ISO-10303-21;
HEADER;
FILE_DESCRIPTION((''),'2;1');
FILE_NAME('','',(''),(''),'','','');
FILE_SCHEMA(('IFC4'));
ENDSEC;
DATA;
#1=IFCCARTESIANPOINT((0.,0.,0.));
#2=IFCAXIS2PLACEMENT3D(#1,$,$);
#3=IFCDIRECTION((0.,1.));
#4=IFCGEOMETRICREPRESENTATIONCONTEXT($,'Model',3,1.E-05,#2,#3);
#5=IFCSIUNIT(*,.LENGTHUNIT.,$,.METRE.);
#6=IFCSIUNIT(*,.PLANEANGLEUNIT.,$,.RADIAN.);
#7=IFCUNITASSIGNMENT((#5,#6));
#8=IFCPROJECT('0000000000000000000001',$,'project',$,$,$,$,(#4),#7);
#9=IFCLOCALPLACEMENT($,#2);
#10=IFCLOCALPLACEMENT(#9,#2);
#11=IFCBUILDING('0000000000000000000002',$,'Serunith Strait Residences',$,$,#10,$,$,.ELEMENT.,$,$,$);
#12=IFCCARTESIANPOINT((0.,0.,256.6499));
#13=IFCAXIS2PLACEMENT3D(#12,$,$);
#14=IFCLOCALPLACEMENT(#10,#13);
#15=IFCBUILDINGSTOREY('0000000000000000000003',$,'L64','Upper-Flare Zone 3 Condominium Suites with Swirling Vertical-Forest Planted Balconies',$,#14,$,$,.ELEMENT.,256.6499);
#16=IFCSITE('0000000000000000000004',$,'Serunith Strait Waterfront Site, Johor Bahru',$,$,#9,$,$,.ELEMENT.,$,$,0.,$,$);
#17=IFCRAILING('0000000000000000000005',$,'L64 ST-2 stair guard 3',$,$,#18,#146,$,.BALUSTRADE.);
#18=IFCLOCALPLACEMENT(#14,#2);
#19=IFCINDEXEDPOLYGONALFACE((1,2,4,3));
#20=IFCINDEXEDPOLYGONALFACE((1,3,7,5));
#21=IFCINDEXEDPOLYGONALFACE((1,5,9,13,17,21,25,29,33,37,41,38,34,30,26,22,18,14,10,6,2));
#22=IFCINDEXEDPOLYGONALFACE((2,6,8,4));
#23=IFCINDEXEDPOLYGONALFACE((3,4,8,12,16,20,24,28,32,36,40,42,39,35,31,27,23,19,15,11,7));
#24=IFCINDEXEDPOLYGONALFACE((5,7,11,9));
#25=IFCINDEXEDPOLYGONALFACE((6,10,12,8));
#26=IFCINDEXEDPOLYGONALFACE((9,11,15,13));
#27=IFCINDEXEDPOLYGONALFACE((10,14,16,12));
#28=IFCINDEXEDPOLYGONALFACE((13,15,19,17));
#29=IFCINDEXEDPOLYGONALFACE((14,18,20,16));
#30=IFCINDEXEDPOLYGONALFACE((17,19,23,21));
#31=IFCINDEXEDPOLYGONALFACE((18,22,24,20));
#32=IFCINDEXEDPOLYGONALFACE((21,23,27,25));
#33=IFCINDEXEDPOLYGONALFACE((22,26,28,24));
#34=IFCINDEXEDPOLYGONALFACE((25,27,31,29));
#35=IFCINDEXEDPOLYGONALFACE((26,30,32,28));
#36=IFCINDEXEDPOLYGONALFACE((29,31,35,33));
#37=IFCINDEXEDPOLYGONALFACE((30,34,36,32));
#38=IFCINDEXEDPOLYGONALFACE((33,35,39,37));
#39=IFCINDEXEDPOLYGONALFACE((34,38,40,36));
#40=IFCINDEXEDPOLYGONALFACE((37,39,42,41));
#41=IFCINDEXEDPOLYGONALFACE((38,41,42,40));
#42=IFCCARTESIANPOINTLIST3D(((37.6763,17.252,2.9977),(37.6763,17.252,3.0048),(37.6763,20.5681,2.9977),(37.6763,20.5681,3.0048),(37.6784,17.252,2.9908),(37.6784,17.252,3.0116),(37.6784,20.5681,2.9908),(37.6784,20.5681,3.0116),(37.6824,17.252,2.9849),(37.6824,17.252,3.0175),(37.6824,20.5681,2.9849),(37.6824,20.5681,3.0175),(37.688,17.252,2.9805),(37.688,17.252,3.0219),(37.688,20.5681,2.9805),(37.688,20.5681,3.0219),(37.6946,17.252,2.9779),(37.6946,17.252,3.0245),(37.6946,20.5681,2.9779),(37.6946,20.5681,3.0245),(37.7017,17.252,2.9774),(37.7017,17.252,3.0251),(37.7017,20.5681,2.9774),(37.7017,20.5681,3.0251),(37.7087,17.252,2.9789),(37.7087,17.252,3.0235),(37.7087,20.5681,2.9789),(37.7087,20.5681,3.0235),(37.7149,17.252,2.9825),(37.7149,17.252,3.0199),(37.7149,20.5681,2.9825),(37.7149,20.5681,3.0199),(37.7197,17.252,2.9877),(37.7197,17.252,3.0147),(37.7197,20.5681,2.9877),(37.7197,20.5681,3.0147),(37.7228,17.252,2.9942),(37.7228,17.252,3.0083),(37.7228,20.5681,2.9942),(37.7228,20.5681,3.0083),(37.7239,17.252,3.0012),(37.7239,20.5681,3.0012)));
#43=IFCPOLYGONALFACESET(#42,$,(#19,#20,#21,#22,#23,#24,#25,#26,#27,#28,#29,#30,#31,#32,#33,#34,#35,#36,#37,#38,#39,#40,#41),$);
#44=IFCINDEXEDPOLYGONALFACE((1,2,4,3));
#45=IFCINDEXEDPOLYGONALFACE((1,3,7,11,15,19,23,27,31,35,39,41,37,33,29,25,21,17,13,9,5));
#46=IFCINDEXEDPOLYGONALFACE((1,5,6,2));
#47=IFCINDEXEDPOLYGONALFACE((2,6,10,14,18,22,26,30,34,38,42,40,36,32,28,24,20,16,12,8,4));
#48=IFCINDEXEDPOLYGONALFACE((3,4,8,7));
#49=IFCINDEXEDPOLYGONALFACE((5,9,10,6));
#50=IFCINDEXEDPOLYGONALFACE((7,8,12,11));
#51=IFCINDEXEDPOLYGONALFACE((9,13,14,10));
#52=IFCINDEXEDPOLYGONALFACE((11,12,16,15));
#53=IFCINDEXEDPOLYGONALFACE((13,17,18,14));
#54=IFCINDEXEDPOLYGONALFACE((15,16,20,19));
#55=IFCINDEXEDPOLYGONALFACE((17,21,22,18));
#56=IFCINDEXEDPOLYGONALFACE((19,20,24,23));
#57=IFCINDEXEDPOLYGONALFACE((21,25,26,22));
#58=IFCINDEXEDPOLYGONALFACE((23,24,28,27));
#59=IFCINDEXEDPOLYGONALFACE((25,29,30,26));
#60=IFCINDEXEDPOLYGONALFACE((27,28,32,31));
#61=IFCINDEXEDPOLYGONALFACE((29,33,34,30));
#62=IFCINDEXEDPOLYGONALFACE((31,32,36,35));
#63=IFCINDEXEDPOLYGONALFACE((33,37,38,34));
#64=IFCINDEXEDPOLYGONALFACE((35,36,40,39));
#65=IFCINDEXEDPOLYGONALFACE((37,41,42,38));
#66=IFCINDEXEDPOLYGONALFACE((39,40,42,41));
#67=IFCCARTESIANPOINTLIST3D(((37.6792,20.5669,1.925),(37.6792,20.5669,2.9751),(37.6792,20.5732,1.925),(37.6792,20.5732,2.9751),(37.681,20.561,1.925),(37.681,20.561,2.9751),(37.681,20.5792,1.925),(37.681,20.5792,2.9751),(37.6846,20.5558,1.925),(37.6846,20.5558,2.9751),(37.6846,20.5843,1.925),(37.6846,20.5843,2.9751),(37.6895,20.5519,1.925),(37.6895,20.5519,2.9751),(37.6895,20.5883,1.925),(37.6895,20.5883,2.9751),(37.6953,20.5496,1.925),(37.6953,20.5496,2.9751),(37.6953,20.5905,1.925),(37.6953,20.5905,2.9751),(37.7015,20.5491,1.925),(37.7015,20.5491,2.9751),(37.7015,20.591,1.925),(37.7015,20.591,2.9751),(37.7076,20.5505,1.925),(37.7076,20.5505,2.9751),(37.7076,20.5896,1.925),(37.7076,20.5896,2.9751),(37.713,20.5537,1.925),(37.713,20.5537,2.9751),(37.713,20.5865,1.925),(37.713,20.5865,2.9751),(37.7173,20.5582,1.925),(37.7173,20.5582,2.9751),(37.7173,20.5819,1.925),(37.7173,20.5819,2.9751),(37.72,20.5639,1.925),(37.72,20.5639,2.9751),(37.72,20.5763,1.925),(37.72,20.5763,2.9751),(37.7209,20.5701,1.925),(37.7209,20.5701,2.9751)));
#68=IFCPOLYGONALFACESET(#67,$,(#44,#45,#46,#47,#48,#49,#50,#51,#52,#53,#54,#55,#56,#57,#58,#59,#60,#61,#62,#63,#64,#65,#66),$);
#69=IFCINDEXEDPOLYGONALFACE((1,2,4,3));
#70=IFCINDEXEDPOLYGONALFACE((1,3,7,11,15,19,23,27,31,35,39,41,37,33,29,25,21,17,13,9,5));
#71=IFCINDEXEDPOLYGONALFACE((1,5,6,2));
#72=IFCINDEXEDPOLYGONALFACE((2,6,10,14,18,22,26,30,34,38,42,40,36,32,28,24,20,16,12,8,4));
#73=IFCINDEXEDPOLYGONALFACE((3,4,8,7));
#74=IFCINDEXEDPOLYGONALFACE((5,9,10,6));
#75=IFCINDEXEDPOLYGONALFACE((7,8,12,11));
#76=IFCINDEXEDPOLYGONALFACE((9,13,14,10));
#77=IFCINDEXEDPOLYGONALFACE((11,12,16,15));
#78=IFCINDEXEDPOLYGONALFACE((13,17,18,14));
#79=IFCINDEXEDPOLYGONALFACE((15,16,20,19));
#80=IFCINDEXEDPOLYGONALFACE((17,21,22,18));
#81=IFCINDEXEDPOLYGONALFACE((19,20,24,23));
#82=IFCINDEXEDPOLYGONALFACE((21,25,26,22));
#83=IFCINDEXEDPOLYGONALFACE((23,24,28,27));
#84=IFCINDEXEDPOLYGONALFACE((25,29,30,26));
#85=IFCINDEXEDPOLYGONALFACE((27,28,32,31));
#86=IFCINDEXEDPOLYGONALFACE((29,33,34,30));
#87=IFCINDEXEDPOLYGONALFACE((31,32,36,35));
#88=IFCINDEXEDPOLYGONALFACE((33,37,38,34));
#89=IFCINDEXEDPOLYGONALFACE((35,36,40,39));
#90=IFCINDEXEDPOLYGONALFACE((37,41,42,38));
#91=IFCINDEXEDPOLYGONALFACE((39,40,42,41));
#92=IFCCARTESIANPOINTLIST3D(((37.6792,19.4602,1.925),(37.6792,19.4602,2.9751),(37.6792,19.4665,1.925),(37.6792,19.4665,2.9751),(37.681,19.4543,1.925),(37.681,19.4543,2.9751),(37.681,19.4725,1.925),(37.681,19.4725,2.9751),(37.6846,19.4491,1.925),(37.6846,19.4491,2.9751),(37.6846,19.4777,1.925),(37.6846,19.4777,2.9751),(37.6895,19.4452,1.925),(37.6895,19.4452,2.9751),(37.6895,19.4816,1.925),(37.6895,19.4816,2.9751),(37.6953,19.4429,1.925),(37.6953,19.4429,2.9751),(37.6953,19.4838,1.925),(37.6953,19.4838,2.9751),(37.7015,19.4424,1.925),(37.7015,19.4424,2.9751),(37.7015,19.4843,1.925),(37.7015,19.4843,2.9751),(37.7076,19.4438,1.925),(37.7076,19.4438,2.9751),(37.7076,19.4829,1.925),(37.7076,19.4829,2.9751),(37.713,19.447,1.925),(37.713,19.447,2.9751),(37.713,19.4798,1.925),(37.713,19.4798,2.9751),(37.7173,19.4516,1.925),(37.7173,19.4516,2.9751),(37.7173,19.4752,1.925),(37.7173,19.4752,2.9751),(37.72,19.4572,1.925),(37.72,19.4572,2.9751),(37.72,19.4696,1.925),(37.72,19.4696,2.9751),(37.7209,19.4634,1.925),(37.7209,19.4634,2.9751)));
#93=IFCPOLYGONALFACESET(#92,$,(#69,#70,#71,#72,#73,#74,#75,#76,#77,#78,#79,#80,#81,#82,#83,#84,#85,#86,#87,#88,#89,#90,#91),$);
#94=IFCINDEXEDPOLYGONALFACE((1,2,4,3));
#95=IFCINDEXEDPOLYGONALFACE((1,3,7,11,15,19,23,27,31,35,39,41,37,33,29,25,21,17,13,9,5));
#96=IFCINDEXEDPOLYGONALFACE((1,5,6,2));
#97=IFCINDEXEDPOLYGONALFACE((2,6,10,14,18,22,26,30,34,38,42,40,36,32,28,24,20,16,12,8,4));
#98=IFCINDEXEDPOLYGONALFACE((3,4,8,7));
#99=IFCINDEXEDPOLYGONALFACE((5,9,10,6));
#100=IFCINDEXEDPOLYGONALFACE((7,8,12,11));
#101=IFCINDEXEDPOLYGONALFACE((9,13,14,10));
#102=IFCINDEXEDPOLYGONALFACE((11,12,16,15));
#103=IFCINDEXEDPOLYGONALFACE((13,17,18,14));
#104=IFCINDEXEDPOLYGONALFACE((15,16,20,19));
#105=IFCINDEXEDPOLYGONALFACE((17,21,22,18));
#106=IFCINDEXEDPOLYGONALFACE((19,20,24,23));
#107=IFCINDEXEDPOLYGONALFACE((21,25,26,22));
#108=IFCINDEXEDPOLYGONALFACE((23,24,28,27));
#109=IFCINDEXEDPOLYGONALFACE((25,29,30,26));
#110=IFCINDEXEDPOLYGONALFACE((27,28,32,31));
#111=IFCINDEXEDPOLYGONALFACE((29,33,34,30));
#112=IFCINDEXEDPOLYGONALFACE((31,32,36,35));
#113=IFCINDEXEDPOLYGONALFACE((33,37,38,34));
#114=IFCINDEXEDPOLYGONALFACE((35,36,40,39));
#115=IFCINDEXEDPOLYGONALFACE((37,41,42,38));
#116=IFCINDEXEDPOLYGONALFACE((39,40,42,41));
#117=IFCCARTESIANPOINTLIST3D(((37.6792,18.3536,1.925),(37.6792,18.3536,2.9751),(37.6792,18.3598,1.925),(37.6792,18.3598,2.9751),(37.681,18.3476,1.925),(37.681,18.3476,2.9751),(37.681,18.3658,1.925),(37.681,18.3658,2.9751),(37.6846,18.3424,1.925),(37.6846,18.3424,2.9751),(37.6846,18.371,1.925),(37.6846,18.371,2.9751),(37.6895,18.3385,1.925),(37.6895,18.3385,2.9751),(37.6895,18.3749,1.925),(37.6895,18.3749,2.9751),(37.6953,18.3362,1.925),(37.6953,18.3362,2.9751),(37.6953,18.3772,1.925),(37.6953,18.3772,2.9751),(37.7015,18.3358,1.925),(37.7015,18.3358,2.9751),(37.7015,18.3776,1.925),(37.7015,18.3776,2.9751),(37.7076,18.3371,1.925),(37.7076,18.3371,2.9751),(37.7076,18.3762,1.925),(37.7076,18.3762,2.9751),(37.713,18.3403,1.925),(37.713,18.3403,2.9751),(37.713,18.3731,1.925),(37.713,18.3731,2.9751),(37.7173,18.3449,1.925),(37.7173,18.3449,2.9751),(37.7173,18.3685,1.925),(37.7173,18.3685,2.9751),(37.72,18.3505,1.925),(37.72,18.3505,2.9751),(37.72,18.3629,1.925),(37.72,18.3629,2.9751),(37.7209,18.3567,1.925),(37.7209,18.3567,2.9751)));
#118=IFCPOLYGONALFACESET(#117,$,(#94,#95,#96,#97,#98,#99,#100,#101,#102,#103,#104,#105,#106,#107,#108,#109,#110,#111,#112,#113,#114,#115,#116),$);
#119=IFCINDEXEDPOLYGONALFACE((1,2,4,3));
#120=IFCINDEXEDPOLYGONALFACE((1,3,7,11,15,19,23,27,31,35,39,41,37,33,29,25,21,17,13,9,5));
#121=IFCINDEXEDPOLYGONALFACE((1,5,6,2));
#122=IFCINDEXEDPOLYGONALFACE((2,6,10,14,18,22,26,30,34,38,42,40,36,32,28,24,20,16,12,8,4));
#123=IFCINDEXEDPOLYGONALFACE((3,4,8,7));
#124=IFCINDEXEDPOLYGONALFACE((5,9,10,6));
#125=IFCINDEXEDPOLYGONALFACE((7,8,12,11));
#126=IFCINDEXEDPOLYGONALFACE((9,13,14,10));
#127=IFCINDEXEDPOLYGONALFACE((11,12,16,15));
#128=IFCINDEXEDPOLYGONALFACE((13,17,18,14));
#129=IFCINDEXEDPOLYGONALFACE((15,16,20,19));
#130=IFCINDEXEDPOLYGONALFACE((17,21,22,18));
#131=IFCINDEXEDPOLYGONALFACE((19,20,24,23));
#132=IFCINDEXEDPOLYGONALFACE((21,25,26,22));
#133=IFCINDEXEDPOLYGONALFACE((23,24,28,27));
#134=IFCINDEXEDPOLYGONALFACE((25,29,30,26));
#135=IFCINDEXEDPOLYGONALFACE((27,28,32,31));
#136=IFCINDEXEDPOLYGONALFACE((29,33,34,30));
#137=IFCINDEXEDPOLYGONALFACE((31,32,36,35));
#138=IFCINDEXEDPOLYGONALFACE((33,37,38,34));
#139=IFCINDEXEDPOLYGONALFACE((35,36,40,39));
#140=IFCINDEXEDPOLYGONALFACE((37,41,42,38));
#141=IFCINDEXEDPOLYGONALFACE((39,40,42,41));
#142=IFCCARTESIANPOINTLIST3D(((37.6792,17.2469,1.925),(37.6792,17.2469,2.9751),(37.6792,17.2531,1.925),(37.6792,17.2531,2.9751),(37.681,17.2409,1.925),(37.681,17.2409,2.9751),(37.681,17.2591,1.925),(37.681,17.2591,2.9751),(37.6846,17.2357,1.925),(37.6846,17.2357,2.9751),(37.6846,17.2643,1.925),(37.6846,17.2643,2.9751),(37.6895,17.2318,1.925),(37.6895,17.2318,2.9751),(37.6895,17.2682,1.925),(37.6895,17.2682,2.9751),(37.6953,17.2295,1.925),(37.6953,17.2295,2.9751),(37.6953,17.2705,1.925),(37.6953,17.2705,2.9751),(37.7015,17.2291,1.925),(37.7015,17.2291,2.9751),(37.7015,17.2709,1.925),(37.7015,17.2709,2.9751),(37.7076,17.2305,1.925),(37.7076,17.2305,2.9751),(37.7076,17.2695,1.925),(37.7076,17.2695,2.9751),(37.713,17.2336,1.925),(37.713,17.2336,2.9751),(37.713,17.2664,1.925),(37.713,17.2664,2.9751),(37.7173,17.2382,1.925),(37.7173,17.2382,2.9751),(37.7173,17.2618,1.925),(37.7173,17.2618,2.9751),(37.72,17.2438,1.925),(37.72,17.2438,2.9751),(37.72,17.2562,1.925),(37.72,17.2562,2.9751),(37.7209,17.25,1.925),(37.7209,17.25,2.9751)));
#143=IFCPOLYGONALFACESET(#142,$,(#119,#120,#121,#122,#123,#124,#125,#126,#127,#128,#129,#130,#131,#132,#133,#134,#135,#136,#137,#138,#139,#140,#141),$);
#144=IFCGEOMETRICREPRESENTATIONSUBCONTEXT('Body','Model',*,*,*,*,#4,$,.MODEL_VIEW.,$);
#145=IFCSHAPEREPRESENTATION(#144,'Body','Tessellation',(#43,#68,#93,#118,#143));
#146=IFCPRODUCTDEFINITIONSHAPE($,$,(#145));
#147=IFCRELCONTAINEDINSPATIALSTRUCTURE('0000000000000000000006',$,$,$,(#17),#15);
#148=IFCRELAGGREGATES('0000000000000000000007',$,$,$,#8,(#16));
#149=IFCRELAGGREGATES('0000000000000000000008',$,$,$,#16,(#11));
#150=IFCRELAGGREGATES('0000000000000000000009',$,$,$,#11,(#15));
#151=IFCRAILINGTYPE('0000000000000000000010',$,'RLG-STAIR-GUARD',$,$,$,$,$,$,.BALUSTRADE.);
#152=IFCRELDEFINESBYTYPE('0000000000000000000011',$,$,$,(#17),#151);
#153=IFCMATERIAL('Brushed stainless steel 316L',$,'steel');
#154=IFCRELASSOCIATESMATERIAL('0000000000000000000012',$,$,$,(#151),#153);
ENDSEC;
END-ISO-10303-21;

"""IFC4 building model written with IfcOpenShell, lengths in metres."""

from ifc_helpers import new_model, si_unit, direction, frame, origin, origin_2d, place, context, subcontext, project, spatial, circle, extrude, material, type_object, element, save


model = new_model("IFC4")

# Units and contexts
model_context = context("Model", 3, precision=1e-05, world=origin(), true_north=direction((0.0, 1.0)))
body_context = subcontext(model_context, "Body", "Model", "MODEL_VIEW")
ifc_project = project(units=[si_unit("LENGTHUNIT", "METRE"), si_unit("PLANEANGLEUNIT", "RADIAN")], contexts=[model_context])

# Site, building, storey
site_placement = place(None, origin())
site = spatial("IfcSite", under=ifc_project, at=site_placement, Name="Serunith Strait Waterfront Site, Johor Bahru", CompositionType="ELEMENT", RefElevation=0.0)
building_placement = place(site_placement, origin())
building = spatial("IfcBuilding", under=site, at=building_placement, Name="Serunith Strait Residences", CompositionType="ELEMENT")
storey_placement = place(building_placement, frame((0.0, 0.0, 256.6499)))
storey = spatial("IfcBuildingStorey", under=building, at=storey_placement, Name="L64", Description="Upper-Flare Zone 3 Condominium Suites with Swirling Vertical-Forest Planted Balconies", CompositionType="ELEMENT", Elevation=256.6499)

# Railing
ifc_material_1 = material(Name="Brushed stainless steel 316L", Category="steel")
railing_type_1 = type_object("IfcRailingType", Name="RLG-STAIR-GUARD", PredefinedType="BALUSTRADE", material=ifc_material_1)
for number, where, name in (
    (1, (37.7, 20.5701, 1.925), "L64 ST-2 stair guard 3"),
):
    element("IfcRailing", number, at=place(storey_placement, frame(where)), inside=storey, type_object=railing_type_1, Name=name, PredefinedType="BALUSTRADE", context=body_context, shape_type="SweptSolid", body=[
        extrude(circle(Radius=0.0239, at=origin_2d()), frame((0.0, -0.002, 1.0762), z_axis=(0.0, -1.0, 0.0), x_axis=(1.0, 0.0, 0.0)), (0.0, 0.0, 1.0), 3.3162),
        extrude(circle(Radius=0.021, at=origin_2d()), origin(), (0.0, 0.0, 1.0), 1.05),
        extrude(circle(Radius=0.021, at=origin_2d()), frame((0.0, -1.1067, 0.0)), (0.0, 0.0, 1.0), 1.05),
        extrude(circle(Radius=0.021, at=origin_2d()), frame((0.0, -2.2134, 0.0)), (0.0, 0.0, 1.0), 1.05),
        extrude(circle(Radius=0.021, at=origin_2d()), frame((0.0, -3.3201, 0.0)), (0.0, 0.0, 1.0), 1.05),
    ])

save(model, "model.ifc")
